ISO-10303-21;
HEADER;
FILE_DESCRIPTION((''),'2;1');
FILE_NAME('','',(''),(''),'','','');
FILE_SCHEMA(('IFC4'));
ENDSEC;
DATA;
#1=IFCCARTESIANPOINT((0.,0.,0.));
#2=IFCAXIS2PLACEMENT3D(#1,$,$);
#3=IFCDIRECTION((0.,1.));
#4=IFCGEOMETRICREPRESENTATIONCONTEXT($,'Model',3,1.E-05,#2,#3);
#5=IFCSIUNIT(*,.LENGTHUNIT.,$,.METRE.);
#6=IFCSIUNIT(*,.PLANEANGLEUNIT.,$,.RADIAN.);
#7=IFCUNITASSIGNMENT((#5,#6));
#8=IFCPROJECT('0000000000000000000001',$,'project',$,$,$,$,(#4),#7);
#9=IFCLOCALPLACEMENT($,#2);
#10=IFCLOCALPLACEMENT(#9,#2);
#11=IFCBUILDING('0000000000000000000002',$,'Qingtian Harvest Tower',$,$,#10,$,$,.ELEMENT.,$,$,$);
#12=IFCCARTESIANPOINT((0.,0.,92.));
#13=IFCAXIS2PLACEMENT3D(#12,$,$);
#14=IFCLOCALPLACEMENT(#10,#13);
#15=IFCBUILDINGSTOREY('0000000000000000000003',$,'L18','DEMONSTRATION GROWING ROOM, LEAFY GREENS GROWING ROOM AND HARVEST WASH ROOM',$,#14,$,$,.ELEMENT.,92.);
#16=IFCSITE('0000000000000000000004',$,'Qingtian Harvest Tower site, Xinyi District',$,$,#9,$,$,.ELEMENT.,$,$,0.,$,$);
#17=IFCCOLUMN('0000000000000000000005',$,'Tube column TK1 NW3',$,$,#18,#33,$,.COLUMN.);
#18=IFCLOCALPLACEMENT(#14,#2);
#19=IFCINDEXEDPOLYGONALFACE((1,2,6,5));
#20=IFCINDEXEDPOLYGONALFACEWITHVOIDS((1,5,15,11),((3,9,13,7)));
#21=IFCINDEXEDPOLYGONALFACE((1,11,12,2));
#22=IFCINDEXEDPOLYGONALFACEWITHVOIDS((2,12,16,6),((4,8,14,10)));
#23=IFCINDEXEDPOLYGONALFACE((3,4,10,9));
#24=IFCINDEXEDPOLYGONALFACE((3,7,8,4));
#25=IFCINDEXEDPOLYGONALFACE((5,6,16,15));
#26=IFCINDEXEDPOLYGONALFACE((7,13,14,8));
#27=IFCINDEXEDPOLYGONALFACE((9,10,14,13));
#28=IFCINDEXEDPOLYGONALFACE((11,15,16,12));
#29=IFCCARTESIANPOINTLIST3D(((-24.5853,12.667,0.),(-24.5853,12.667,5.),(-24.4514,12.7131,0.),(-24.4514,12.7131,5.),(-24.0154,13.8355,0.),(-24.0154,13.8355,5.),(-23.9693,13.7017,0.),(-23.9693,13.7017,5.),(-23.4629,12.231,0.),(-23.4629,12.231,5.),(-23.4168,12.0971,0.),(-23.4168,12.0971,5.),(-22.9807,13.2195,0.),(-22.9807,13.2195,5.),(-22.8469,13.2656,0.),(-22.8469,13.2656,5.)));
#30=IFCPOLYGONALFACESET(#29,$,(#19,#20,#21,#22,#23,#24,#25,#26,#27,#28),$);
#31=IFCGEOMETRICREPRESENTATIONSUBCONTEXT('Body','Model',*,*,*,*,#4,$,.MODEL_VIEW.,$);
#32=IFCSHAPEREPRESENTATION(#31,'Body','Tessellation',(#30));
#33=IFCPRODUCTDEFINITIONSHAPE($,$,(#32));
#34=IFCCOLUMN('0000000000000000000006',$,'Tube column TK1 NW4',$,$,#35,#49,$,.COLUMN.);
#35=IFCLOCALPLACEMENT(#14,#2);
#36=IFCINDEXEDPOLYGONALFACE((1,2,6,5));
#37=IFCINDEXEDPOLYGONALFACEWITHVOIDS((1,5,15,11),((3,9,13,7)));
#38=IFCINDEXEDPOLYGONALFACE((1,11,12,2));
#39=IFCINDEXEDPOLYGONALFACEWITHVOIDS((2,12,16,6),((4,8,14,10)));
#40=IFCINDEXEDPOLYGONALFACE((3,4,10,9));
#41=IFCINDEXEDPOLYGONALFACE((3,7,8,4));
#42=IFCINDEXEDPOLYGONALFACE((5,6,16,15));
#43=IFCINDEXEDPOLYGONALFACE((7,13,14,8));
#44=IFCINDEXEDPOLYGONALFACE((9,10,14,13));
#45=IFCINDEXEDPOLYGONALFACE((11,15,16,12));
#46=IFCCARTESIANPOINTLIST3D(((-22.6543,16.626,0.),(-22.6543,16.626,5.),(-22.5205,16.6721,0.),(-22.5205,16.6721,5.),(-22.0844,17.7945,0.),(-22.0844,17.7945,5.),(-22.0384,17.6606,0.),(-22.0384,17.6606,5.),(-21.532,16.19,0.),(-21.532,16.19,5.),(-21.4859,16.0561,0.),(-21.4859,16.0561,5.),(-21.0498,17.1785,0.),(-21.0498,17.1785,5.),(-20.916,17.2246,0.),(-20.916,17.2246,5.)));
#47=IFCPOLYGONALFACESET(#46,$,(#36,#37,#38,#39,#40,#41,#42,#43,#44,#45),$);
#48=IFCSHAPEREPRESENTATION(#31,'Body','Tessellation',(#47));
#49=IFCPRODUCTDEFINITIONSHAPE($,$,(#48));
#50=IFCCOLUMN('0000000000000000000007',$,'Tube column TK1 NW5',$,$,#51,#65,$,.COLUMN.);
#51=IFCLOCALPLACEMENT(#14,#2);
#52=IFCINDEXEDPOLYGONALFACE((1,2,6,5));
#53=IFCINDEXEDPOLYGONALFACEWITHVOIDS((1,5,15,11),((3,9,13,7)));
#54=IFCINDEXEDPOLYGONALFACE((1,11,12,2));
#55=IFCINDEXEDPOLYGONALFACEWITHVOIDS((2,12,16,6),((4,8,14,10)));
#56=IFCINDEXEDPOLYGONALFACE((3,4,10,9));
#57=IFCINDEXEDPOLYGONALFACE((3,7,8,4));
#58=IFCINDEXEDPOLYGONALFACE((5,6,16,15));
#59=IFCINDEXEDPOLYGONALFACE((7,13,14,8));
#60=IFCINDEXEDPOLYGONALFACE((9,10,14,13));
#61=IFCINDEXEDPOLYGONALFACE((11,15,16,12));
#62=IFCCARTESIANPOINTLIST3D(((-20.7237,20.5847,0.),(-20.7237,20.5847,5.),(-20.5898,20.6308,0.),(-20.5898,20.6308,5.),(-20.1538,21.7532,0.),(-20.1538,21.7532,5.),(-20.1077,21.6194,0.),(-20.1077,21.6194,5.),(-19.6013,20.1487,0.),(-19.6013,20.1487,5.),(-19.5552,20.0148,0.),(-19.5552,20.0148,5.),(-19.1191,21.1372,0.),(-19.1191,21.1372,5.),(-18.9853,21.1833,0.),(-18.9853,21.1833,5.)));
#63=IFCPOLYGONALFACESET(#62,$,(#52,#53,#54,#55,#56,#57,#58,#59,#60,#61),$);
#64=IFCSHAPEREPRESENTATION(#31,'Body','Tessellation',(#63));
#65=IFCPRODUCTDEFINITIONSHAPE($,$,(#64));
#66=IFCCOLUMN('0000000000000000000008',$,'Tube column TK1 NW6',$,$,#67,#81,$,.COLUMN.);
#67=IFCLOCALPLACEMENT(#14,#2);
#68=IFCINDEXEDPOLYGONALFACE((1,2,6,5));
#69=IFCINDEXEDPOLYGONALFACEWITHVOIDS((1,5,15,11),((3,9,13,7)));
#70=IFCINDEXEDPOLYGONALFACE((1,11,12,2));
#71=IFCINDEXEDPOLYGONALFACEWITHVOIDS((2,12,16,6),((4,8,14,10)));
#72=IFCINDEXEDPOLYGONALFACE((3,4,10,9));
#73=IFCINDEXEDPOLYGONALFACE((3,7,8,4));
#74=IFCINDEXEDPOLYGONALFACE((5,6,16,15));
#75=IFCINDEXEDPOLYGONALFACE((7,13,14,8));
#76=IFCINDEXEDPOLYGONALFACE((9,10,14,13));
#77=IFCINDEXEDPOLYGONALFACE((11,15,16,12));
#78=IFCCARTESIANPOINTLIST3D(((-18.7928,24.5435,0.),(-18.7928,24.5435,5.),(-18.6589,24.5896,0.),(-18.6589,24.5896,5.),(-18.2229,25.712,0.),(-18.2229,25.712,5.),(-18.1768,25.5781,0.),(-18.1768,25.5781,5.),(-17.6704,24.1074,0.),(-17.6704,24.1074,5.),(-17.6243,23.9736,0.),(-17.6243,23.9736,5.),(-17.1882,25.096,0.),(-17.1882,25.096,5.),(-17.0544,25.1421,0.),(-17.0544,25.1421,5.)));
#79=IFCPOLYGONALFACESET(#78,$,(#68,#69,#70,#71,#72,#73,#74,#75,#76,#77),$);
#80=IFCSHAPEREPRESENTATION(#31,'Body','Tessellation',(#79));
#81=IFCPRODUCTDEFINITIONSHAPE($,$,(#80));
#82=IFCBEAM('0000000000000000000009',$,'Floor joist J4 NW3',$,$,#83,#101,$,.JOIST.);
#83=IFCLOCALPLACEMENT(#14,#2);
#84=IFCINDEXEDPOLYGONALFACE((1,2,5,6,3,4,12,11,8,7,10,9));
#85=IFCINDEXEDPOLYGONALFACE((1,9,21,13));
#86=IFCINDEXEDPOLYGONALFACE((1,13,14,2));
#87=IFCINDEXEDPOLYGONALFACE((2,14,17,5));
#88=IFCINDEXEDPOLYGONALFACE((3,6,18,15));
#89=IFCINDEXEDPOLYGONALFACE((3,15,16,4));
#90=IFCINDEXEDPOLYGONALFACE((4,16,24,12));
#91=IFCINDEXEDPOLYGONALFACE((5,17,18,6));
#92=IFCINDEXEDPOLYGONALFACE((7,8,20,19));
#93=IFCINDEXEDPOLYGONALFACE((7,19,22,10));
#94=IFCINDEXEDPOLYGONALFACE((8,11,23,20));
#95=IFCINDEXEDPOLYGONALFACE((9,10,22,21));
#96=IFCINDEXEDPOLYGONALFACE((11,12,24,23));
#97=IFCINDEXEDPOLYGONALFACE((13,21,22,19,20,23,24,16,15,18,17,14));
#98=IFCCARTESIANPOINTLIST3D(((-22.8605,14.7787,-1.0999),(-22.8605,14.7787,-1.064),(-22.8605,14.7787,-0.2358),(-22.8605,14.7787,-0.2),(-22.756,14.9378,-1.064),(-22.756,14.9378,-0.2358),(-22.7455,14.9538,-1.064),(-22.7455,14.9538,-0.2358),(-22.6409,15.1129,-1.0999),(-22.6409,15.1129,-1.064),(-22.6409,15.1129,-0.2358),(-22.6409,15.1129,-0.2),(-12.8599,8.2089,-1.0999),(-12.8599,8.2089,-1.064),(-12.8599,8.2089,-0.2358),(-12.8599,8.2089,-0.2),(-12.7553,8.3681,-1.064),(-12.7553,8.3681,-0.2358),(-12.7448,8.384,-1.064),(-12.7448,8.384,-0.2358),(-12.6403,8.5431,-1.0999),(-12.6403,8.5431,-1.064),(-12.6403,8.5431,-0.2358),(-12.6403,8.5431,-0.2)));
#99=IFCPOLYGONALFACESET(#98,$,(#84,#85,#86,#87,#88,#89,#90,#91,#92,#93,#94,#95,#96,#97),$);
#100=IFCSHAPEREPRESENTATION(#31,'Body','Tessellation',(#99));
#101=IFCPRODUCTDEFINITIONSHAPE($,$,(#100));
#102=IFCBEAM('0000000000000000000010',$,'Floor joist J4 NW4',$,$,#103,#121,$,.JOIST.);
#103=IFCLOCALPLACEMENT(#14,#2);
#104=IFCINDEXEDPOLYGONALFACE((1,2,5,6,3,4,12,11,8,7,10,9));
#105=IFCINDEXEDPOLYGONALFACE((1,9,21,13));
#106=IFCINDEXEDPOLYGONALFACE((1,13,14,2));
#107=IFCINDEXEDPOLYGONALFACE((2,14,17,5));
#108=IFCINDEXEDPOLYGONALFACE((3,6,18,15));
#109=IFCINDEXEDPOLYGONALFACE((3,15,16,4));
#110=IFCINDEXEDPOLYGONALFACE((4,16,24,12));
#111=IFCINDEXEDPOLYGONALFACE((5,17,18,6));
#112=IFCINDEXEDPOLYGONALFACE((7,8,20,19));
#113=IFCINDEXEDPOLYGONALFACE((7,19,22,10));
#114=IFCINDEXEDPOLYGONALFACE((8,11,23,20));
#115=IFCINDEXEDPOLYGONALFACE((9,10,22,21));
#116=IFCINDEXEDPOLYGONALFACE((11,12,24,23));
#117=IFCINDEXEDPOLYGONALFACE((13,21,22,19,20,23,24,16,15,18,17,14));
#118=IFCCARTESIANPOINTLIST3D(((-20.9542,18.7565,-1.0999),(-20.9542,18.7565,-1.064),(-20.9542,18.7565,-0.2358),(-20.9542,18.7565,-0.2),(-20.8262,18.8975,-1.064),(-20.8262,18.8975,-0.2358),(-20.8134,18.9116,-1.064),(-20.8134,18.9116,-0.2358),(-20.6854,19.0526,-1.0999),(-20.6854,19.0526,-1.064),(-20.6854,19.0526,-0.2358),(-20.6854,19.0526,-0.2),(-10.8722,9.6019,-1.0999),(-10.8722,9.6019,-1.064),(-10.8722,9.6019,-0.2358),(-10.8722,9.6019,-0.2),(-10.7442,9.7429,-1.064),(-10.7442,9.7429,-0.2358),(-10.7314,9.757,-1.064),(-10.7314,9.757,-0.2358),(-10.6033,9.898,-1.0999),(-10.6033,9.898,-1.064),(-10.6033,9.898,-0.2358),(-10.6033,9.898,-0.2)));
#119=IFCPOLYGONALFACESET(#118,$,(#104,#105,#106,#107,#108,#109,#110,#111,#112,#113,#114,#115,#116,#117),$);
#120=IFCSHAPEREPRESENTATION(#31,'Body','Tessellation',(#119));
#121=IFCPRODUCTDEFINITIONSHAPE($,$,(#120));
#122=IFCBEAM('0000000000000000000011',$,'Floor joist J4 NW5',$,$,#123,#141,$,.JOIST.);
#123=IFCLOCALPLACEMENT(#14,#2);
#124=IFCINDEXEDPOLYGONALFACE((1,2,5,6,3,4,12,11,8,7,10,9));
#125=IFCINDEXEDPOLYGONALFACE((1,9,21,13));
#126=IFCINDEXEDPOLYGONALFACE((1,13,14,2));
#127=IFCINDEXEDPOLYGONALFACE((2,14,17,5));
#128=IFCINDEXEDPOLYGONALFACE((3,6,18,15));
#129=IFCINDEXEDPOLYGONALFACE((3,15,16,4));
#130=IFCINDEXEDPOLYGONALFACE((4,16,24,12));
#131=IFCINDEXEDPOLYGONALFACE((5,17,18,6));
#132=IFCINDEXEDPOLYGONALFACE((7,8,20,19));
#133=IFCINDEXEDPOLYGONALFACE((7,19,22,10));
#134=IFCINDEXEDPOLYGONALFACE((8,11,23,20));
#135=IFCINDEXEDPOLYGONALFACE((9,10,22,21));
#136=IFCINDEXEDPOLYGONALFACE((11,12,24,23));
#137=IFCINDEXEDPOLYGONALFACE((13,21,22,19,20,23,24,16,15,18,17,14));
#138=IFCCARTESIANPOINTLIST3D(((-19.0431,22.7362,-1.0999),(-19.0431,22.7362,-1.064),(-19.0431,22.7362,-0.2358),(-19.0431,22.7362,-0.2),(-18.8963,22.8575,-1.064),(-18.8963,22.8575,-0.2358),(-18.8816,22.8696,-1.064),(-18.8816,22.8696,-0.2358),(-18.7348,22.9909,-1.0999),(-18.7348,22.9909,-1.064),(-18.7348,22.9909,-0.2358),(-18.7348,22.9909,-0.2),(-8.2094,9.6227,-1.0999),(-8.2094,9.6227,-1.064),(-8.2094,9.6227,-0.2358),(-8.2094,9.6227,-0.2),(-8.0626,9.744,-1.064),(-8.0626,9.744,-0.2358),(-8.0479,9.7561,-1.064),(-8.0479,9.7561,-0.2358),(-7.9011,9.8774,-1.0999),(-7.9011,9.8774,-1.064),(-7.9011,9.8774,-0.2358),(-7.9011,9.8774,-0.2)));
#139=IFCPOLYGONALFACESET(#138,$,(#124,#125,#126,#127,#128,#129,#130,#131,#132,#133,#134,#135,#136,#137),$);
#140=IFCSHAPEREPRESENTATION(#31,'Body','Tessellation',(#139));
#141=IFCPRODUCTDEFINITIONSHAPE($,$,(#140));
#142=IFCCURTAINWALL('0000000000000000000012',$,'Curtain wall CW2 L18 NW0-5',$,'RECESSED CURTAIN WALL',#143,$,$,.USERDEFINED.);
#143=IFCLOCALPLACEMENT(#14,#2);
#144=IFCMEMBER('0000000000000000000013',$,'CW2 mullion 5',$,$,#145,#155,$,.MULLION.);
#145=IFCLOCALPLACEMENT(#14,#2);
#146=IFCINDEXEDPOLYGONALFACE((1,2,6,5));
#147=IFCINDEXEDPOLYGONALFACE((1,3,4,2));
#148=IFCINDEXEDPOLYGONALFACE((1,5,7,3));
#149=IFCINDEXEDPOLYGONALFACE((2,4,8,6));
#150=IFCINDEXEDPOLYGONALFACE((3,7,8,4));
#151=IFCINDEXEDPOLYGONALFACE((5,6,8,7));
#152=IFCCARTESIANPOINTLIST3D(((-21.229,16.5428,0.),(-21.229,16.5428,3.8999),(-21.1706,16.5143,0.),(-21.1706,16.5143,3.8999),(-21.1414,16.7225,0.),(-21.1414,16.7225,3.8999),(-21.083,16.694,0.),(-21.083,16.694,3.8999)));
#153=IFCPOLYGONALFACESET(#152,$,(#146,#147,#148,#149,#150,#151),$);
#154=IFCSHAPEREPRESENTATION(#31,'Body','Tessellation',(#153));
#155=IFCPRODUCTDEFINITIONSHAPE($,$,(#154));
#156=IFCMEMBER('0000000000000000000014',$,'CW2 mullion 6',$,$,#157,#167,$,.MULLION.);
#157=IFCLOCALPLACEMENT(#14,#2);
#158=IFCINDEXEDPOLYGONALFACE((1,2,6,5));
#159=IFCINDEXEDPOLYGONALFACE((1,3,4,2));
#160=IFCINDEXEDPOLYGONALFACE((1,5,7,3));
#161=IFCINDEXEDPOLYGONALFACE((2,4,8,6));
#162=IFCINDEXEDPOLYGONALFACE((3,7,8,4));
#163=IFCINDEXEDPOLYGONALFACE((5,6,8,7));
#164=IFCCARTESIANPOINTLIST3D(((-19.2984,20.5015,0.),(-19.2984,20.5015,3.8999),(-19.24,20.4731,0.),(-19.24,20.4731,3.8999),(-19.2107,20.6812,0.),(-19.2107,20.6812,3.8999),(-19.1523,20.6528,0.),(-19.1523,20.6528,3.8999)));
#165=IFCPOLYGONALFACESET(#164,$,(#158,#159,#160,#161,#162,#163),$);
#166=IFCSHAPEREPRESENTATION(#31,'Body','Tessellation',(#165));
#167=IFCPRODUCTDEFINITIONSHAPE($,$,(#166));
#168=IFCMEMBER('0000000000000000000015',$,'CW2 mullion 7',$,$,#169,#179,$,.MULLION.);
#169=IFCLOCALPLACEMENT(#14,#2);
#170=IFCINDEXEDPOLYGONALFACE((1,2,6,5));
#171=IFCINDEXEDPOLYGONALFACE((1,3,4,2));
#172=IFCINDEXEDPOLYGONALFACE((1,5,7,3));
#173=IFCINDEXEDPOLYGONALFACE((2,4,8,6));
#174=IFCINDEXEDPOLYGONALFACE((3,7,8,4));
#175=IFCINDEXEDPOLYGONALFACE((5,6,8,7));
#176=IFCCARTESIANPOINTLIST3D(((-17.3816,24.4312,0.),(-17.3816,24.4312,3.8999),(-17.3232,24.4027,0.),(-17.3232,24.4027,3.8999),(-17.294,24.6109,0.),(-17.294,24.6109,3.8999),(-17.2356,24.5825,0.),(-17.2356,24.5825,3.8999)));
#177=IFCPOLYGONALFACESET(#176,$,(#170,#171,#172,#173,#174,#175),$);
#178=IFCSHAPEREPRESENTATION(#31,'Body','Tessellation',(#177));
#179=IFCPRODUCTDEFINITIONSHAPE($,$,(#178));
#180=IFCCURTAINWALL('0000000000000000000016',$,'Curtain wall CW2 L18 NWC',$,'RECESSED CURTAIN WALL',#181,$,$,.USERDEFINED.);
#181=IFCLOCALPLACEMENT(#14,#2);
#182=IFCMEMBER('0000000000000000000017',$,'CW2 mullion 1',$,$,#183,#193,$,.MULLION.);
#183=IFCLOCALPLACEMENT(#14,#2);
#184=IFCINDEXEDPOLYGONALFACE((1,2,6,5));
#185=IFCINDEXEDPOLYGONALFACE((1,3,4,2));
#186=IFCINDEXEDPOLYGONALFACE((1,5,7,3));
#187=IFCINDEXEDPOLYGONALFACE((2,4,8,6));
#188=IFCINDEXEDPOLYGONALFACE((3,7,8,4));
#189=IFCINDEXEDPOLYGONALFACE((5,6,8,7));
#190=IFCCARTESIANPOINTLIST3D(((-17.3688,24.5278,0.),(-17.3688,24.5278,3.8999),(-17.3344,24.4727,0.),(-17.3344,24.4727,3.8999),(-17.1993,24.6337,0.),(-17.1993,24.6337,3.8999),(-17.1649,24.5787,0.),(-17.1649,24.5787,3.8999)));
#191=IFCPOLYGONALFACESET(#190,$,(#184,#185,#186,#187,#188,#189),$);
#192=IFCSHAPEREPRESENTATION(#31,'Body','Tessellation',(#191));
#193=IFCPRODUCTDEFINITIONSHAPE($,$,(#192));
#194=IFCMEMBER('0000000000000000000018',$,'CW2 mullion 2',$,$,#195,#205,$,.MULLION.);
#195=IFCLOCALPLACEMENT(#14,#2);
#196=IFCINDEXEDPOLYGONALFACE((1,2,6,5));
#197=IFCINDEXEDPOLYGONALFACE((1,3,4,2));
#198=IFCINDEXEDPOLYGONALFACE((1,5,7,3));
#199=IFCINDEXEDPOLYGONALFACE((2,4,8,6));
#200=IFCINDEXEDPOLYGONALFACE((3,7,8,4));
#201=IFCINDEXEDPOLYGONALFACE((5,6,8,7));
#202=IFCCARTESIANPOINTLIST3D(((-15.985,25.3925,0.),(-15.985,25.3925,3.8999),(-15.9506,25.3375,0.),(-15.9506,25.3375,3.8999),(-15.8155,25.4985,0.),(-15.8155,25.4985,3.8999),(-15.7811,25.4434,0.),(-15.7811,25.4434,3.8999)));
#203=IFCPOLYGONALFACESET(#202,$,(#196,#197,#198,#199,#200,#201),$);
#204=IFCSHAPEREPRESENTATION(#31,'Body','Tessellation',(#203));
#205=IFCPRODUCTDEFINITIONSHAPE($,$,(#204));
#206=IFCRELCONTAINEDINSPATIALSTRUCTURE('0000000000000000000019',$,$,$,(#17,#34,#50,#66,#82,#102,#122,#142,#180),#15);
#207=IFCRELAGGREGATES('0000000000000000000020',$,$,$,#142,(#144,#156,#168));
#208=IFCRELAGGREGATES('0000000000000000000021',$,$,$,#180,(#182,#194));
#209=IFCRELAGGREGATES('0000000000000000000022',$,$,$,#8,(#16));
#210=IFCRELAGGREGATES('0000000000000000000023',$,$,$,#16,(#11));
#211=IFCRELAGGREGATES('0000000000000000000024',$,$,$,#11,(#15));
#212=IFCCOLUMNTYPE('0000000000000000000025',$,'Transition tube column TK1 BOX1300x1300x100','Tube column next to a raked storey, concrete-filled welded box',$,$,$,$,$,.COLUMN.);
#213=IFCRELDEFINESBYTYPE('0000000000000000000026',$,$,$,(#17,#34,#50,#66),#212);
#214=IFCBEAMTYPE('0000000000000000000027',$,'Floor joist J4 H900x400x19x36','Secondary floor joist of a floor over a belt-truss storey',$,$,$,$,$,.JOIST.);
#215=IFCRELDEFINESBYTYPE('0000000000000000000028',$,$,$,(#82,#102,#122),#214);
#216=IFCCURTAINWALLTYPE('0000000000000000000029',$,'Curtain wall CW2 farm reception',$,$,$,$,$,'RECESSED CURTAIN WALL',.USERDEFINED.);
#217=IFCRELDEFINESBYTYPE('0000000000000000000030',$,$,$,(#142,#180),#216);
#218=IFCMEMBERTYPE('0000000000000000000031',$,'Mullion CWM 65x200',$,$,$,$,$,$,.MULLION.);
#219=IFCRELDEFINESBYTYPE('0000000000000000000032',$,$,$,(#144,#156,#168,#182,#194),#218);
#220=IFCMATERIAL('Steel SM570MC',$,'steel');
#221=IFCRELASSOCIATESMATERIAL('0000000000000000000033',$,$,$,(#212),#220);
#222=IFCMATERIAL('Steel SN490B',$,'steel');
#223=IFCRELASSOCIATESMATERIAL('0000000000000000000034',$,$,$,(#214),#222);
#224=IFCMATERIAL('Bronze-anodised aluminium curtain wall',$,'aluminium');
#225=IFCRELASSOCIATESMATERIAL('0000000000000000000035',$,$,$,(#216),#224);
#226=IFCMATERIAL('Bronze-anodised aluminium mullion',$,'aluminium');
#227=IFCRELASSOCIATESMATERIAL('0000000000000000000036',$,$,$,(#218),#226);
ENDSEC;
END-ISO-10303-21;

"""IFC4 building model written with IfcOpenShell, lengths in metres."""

from ifc_helpers import new_model, si_unit, direction, frame, origin, origin_2d, place, context, subcontext, project, spatial, rectangle, hollow_rectangle, i_section, extrude, material, material_profile, profile_set, type_object, element, aggregate, save


model = new_model("IFC4")

# Units and contexts
model_context = context("Model", 3, precision=1e-05, world=origin(), true_north=direction((0.0, 1.0)))
body_context = subcontext(model_context, "Body", "Model", "MODEL_VIEW")
ifc_project = project(units=[si_unit("LENGTHUNIT", "METRE"), si_unit("PLANEANGLEUNIT", "RADIAN")], contexts=[model_context])

# Site, building, storey
site_placement = place(None, origin())
site = spatial("IfcSite", under=ifc_project, at=site_placement, Name="Qingtian Harvest Tower site, Xinyi District", CompositionType="ELEMENT", RefElevation=0.0)
building_placement = place(site_placement, origin())
building = spatial("IfcBuilding", under=site, at=building_placement, Name="Qingtian Harvest Tower", CompositionType="ELEMENT")
storey_placement = place(building_placement, frame((0.0, 0.0, 92.0)))
storey = spatial("IfcBuildingStorey", under=building, at=storey_placement, Name="L18", Description="DEMONSTRATION GROWING ROOM, LEAFY GREENS GROWING ROOM AND HARVEST WASH ROOM", CompositionType="ELEMENT", Elevation=92.0)

# Columns
ifc_material_1 = material(Name="Steel SM570MC", Category="steel")
ifc_material_profile_1 = material_profile(ifc_material_1, hollow_rectangle(XDim=1.3, YDim=1.3, WallThickness=0.1001, at=origin_2d()), Name="BOX1300x1300x100")
ifc_profile_set_1 = profile_set([ifc_material_profile_1], Name="Steel SM570MC")
column_type = type_object("IfcColumnType", Name="Transition tube column TK1 BOX1300x1300x100", Description="Tube column next to a raked storey, concrete-filled welded box", PredefinedType="COLUMN", material=ifc_profile_set_1)
for number, where, z_axis, x_axis, name in (
    (1, (-23.7161, 12.9663, 0.0), (0.0, 0.0, 1.0), (-0.438371, -0.898794, 0.0), "Tube column TK1 NW3"),
    (2, (-21.7852, 16.9253, 0.0), (0.0, 0.0, 1.0), (-0.438371, -0.898794, 0.0), "Tube column TK1 NW4"),
    (3, (-19.8545, 20.884, 0.0), (0.0, 0.0, 1.0), (-0.438371, -0.898794, 0.0), "Tube column TK1 NW5"),
    (4, (-17.9236, 24.8428, 0.0), (0.0, 0.0, 1.0), (-0.438371, -0.898794, 0.0), "Tube column TK1 NW6"),
):
    element("IfcColumn", number, at=place(storey_placement, frame(where, z_axis=z_axis, x_axis=x_axis)), inside=storey, type_object=column_type, Name=name, PredefinedType="COLUMN", context=body_context, shape_type="SweptSolid", body=[
        extrude(hollow_rectangle(XDim=1.3, YDim=1.3, WallThickness=0.1001, at=origin_2d()), origin(), (0.0, 0.0, 1.0), 5.0),
    ])

# Beams
ifc_material_2 = material(Name="Steel SN490B", Category="steel")
ifc_material_profile_2 = material_profile(ifc_material_2, i_section(OverallWidth=0.3999, OverallDepth=0.8999, WebThickness=0.019, FlangeThickness=0.0359, at=origin_2d()), Name="H900x400x19x36")
ifc_profile_set_2 = profile_set([ifc_material_profile_2], Name="Steel SN490B")
beam_type_1 = type_object("IfcBeamType", Name="Floor joist J4 H900x400x19x36", Description="Secondary floor joist of a floor over a belt-truss storey", PredefinedType="JOIST", material=ifc_profile_set_2)
beam_1_placement = place(storey_placement, frame((-22.7507, 14.9458, -0.6499), z_axis=(0.835785, -0.549056, 0.0), x_axis=(0.549056, 0.835785, 0.0)))
element("IfcBeam", 5, at=beam_1_placement, inside=storey, type_object=beam_type_1, Name="Floor joist J4 NW3", PredefinedType="JOIST", context=body_context, shape_type="SweptSolid", body=[
    extrude(i_section(OverallWidth=0.3999, OverallDepth=0.8999, WebThickness=0.019, FlangeThickness=0.0359, at=origin_2d()), origin(), (0.0, 0.0, 1.0), 11.9656),
])
beam_2_placement = place(storey_placement, frame((-20.8198, 18.9045, -0.6499), z_axis=(0.74034, -0.672233, 0.0), x_axis=(0.672233, 0.74034, 0.0)))
element("IfcBeam", 6, at=beam_2_placement, inside=storey, type_object=beam_type_1, Name="Floor joist J4 NW4", PredefinedType="JOIST", context=body_context, shape_type="SweptSolid", body=[
    extrude(i_section(OverallWidth=0.3999, OverallDepth=0.8999, WebThickness=0.019, FlangeThickness=0.0359, at=origin_2d()), origin(), (0.0, 0.0, 1.0), 13.6182),
])
beam_3_placement = place(storey_placement, frame((-18.8889, 22.8635, -0.6499), z_axis=(0.63691, -0.770938, 0.0), x_axis=(0.770938, 0.63691, 0.0)))
element("IfcBeam", 7, at=beam_3_placement, inside=storey, type_object=beam_type_1, Name="Floor joist J4 NW5", PredefinedType="JOIST", context=body_context, shape_type="SweptSolid", body=[
    extrude(i_section(OverallWidth=0.3999, OverallDepth=0.8999, WebThickness=0.019, FlangeThickness=0.0359, at=origin_2d()), origin(), (0.0, 0.0, 1.0), 17.0098),
])

# Curtain walls, members
ifc_material_3 = material(Name="Bronze-anodised aluminium curtain wall", Category="aluminium")
curtain_wall_type = type_object("IfcCurtainWallType", Name="Curtain wall CW2 farm reception", ElementType="RECESSED CURTAIN WALL", PredefinedType="USERDEFINED", material=ifc_material_3)
curtain_wall_1_placement = place(storey_placement, origin())
curtain_wall_1 = element("IfcCurtainWall", 8, at=curtain_wall_1_placement, inside=storey, type_object=curtain_wall_type, Name="Curtain wall CW2 L18 NW0-5", ObjectType="RECESSED CURTAIN WALL", PredefinedType="USERDEFINED")
ifc_material_4 = material(Name="Bronze-anodised aluminium mullion", Category="aluminium")
ifc_material_profile_3 = material_profile(ifc_material_4, rectangle(XDim=0.0649, YDim=0.2, at=origin_2d()), Name="AL 65x200")
ifc_profile_set_3 = profile_set([ifc_material_profile_3], Name="Bronze-anodised aluminium mullion")
member_type_1 = type_object("IfcMemberType", Name="Mullion CWM 65x200", PredefinedType="MULLION", material=ifc_profile_set_3)
member_1_placement = place(storey_placement, frame((-21.156, 16.6184, 0.0), z_axis=(0.0, 0.0, 1.0), x_axis=(-0.898794, 0.438371, 0.0)))
member_1 = element("IfcMember", 9, at=member_1_placement, type_object=member_type_1, Name="CW2 mullion 5", PredefinedType="MULLION", context=body_context, shape_type="SweptSolid", body=[
    extrude(rectangle(XDim=0.0649, YDim=0.2, at=origin_2d()), origin(), (0.0, 0.0, 1.0), 3.8999),
])
member_2_placement = place(storey_placement, frame((-19.2253, 20.5771, 0.0), z_axis=(0.0, 0.0, 1.0), x_axis=(-0.898794, 0.438371, 0.0)))
member_2 = element("IfcMember", 10, at=member_2_placement, type_object=member_type_1, Name="CW2 mullion 6", PredefinedType="MULLION", context=body_context, shape_type="SweptSolid", body=[
    extrude(rectangle(XDim=0.0649, YDim=0.2, at=origin_2d()), origin(), (0.0, 0.0, 1.0), 3.8999),
])
member_3_placement = place(storey_placement, frame((-17.3086, 24.5068, 0.0), z_axis=(0.0, 0.0, 1.0), x_axis=(-0.898794, 0.438371, 0.0)))
member_3 = element("IfcMember", 11, at=member_3_placement, type_object=member_type_1, Name="CW2 mullion 7", PredefinedType="MULLION", context=body_context, shape_type="SweptSolid", body=[
    extrude(rectangle(XDim=0.0649, YDim=0.2, at=origin_2d()), origin(), (0.0, 0.0, 1.0), 3.8999),
])
curtain_wall_2_placement = place(storey_placement, origin())
curtain_wall_2 = element("IfcCurtainWall", 12, at=curtain_wall_2_placement, inside=storey, type_object=curtain_wall_type, Name="Curtain wall CW2 L18 NWC", ObjectType="RECESSED CURTAIN WALL", PredefinedType="USERDEFINED")
member_4_placement = place(storey_placement, frame((-17.2668, 24.5532, 0.0), z_axis=(0.0, 0.0, 1.0), x_axis=(-0.529919, 0.848048, 0.0)))
member_4 = element("IfcMember", 13, at=member_4_placement, type_object=member_type_1, Name="CW2 mullion 1", PredefinedType="MULLION", context=body_context, shape_type="SweptSolid", body=[
    extrude(rectangle(XDim=0.0649, YDim=0.2, at=origin_2d()), origin(), (0.0, 0.0, 1.0), 3.8999),
])
member_5_placement = place(storey_placement, frame((-15.8831, 25.418, 0.0), z_axis=(0.0, 0.0, 1.0), x_axis=(-0.529919, 0.848048, 0.0)))
member_5 = element("IfcMember", 14, at=member_5_placement, type_object=member_type_1, Name="CW2 mullion 2", PredefinedType="MULLION", context=body_context, shape_type="SweptSolid", body=[
    extrude(rectangle(XDim=0.0649, YDim=0.2, at=origin_2d()), origin(), (0.0, 0.0, 1.0), 3.8999),
])

aggregate(curtain_wall_1, [member_1, member_2, member_3])
aggregate(curtain_wall_2, [member_4, member_5])

save(model, "model.ifc")
